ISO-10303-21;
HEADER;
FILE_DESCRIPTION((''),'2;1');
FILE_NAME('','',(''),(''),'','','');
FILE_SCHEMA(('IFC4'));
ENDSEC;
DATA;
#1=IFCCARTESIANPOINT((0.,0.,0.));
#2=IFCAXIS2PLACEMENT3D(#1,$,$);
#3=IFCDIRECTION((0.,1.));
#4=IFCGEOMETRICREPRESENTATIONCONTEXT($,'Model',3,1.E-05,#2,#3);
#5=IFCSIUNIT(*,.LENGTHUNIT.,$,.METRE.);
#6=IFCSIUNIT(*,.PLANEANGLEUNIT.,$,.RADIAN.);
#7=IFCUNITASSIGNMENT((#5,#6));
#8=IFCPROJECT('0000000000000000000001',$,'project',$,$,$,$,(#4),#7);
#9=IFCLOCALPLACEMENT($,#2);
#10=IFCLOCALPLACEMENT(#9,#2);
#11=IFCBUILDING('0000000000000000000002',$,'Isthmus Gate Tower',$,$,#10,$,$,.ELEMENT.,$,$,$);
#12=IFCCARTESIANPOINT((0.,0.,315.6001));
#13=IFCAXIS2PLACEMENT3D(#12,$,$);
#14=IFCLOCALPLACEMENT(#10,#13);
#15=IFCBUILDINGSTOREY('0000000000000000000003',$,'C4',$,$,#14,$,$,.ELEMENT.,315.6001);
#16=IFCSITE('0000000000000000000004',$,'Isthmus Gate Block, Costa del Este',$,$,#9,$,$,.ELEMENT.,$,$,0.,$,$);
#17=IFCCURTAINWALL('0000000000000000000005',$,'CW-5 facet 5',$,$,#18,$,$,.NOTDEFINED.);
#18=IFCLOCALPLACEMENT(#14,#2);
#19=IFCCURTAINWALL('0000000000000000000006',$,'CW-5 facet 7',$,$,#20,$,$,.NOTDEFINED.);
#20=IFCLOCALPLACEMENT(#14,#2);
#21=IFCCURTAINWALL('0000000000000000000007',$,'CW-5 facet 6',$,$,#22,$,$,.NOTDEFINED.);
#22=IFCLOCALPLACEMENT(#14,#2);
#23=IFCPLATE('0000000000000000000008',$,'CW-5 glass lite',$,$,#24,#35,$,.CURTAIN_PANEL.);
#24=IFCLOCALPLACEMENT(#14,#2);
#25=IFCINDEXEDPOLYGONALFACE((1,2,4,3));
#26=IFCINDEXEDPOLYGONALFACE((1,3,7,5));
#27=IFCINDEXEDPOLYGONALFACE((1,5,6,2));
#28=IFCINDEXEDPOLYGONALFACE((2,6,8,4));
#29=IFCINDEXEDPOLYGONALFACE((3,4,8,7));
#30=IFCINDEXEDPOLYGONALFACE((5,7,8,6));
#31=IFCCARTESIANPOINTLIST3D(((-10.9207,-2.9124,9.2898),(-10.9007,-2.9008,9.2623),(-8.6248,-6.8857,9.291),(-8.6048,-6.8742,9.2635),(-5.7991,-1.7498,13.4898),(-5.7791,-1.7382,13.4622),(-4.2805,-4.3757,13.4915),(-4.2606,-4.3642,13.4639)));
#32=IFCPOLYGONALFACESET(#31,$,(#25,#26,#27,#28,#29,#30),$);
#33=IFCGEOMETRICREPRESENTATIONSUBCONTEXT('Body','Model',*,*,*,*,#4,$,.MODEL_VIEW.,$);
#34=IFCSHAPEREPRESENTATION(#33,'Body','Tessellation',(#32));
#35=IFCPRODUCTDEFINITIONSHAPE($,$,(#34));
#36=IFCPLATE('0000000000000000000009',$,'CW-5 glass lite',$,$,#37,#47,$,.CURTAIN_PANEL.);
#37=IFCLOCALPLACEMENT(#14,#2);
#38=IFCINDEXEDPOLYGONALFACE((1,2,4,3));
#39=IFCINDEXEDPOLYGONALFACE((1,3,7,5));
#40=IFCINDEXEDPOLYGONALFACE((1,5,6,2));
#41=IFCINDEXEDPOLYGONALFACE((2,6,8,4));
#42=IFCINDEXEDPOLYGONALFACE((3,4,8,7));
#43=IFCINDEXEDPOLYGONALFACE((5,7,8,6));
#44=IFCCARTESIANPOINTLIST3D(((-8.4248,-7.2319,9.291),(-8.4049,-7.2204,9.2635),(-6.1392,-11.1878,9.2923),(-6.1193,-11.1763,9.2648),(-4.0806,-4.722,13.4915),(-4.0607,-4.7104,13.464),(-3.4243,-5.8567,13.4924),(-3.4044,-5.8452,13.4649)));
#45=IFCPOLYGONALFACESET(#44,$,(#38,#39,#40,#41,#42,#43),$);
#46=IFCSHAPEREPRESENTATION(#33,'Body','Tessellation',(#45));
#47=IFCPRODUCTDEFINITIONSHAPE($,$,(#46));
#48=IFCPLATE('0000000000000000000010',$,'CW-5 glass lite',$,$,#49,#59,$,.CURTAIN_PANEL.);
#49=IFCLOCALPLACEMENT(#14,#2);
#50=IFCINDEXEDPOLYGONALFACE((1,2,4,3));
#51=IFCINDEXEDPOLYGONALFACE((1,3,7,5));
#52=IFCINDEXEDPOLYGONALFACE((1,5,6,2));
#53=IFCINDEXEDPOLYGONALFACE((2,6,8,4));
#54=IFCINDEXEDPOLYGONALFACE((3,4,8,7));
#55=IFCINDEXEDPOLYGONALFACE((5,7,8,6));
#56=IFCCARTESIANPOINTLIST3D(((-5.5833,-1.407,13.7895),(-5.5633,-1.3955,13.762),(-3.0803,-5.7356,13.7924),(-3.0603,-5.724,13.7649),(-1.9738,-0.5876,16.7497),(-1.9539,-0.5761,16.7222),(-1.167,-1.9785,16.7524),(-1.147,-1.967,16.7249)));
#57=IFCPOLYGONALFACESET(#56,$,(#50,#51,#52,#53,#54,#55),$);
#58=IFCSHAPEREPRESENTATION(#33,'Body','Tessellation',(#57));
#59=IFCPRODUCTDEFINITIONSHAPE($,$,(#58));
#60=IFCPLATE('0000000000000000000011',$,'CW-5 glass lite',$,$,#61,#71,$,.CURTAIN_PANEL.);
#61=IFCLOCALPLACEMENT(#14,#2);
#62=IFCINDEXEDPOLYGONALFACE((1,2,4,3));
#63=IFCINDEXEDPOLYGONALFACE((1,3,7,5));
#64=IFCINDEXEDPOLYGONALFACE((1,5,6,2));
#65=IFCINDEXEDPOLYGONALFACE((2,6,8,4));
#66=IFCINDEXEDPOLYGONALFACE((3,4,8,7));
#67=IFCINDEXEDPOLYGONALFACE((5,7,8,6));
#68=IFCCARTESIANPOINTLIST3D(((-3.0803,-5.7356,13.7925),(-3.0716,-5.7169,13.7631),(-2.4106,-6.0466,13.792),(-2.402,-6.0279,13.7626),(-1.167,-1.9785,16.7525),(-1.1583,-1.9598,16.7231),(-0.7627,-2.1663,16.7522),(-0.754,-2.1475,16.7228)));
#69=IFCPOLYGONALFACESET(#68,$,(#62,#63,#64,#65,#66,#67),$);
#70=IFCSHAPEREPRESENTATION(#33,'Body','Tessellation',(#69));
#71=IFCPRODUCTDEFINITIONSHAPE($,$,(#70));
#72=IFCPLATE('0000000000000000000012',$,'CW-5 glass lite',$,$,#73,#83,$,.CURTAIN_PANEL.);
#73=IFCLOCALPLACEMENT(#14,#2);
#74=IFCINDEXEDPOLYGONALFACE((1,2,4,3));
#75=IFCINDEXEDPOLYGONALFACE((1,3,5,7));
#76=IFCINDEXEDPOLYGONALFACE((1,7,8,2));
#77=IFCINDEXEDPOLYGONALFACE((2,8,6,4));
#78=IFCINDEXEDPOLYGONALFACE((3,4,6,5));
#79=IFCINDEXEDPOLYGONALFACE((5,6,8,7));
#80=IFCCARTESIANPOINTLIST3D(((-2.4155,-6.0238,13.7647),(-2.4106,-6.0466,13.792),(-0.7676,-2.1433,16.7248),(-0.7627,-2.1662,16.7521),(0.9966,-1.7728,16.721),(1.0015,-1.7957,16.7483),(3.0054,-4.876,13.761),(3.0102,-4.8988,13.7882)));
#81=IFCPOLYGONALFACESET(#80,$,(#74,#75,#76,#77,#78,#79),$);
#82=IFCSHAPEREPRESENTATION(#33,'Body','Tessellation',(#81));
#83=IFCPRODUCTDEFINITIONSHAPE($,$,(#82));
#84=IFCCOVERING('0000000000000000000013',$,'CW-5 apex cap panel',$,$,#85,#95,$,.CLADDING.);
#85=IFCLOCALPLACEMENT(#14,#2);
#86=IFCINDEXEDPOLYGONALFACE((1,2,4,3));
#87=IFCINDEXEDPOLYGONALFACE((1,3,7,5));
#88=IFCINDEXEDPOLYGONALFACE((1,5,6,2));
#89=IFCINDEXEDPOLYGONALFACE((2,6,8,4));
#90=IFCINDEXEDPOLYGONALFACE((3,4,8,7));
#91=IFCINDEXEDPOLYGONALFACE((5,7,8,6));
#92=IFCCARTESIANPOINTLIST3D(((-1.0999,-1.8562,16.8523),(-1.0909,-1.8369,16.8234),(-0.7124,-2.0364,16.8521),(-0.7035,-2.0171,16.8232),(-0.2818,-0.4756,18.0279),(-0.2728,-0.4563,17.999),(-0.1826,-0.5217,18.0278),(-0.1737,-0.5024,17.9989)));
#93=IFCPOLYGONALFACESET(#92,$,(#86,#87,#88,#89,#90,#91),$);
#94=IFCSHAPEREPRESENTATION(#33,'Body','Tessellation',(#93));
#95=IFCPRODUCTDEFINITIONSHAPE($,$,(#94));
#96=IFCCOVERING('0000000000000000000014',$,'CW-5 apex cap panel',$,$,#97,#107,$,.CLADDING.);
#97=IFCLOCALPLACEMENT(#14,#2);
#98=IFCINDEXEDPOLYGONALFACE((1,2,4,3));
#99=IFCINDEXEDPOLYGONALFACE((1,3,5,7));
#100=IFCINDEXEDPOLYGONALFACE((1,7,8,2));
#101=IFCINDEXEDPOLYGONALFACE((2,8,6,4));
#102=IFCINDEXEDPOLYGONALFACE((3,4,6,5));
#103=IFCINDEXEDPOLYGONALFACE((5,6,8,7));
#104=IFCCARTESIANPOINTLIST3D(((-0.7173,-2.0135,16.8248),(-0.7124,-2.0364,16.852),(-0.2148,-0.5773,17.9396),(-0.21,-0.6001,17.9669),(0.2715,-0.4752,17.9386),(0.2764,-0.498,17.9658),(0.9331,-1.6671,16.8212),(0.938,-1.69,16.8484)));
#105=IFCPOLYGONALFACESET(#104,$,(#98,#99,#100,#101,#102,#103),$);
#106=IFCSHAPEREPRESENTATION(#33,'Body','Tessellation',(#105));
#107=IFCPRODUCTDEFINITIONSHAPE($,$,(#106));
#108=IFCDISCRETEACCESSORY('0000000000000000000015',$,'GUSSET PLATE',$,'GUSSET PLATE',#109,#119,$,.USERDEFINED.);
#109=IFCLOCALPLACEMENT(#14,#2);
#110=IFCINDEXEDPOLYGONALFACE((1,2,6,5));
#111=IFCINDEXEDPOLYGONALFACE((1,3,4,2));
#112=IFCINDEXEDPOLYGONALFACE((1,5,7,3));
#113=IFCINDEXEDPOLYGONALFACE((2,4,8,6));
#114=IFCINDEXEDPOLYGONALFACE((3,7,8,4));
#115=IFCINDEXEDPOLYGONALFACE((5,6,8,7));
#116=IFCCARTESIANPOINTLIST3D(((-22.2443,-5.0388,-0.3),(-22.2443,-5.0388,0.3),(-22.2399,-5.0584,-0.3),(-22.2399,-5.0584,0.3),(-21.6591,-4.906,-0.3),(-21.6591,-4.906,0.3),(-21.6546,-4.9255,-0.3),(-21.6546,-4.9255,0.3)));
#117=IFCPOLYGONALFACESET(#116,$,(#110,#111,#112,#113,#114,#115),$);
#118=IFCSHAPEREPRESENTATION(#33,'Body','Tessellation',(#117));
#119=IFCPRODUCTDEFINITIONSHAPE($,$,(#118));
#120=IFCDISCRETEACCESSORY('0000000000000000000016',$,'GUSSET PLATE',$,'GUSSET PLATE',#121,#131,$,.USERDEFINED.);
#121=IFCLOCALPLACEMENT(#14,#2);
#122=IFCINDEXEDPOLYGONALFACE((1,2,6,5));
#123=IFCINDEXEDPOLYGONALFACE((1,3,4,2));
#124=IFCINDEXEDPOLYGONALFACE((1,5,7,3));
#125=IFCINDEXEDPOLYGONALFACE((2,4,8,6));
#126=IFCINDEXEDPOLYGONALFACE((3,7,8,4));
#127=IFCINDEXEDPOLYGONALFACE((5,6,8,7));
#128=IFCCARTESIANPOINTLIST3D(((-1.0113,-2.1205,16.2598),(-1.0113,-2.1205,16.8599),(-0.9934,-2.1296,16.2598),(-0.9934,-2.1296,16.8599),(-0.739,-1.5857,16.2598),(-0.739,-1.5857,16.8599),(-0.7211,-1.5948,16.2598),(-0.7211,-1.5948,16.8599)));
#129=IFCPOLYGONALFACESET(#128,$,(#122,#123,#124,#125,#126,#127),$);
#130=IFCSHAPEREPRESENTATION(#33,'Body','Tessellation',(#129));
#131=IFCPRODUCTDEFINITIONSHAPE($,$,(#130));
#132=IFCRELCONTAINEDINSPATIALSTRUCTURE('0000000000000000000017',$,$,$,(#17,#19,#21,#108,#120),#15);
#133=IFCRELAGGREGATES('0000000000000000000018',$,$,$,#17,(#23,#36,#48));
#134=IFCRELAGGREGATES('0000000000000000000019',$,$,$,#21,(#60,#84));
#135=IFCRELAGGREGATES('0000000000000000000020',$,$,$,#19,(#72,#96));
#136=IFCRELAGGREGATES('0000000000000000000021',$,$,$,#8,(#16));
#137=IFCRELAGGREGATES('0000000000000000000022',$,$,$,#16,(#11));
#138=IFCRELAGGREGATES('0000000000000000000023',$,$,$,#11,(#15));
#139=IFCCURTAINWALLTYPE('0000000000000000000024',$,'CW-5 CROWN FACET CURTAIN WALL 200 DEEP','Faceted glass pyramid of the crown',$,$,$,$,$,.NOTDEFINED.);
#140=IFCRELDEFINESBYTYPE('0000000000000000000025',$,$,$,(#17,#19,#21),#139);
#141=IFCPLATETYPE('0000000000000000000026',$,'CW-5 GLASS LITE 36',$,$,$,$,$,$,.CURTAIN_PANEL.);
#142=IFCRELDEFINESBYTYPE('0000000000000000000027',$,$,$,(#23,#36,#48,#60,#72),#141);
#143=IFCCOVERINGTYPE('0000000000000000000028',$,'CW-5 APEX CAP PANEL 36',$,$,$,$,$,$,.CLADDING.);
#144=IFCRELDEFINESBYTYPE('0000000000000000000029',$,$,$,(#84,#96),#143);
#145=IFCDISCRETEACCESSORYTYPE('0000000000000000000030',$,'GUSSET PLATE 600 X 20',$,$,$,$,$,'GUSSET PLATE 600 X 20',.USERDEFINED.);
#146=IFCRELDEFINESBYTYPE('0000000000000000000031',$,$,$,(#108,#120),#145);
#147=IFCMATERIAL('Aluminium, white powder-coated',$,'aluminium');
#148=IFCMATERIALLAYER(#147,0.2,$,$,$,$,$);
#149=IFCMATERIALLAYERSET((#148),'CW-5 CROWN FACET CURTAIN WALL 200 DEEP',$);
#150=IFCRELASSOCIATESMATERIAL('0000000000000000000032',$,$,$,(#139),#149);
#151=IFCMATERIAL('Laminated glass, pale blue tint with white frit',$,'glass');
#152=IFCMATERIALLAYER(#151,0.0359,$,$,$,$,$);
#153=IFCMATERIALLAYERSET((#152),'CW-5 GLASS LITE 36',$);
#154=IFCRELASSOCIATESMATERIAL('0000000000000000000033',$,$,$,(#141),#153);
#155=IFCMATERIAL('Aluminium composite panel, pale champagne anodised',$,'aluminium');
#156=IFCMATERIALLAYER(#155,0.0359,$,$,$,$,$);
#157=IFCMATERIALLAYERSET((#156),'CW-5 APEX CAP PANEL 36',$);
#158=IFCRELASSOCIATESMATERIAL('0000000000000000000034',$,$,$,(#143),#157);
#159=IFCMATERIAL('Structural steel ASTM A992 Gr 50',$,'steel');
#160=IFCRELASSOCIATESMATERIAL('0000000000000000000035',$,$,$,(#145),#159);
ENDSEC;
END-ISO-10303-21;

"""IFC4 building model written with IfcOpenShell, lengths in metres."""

from ifc_helpers import new_model, si_unit, direction, frame, origin, origin_2d, place, context, subcontext, project, spatial, polyline, rectangle, outline, extrude, material, layer, layer_set, type_object, element, aggregate, save


model = new_model("IFC4")

# Units and contexts
model_context = context("Model", 3, precision=1e-05, world=origin(), true_north=direction((0.0, 1.0)))
body_context = subcontext(model_context, "Body", "Model", "MODEL_VIEW")
ifc_project = project(units=[si_unit("LENGTHUNIT", "METRE"), si_unit("PLANEANGLEUNIT", "RADIAN")], contexts=[model_context])

# Site, building, storey
site_placement = place(None, origin())
site = spatial("IfcSite", under=ifc_project, at=site_placement, Name="Isthmus Gate Block, Costa del Este", CompositionType="ELEMENT", RefElevation=0.0)
building_placement = place(site_placement, origin())
building = spatial("IfcBuilding", under=site, at=building_placement, Name="Isthmus Gate Tower", CompositionType="ELEMENT")
storey_placement = place(building_placement, frame((0.0, 0.0, 315.6001)))
storey = spatial("IfcBuildingStorey", under=building, at=storey_placement, Name="C4", CompositionType="ELEMENT", Elevation=315.6001)

# Curtain wall
ifc_material_1 = material(Name="Aluminium, white powder-coated", Category="aluminium")
ifc_layer_1 = layer(ifc_material_1, 0.2)
ifc_layer_set_1 = layer_set([ifc_layer_1], Name="CW-5 CROWN FACET CURTAIN WALL 200 DEEP")
curtain_wall_type = type_object("IfcCurtainWallType", Name="CW-5 CROWN FACET CURTAIN WALL 200 DEEP", Description="Faceted glass pyramid of the crown", PredefinedType="NOTDEFINED", material=ifc_layer_set_1)
curtain_wall_1_placement = place(storey_placement, origin())
curtain_wall_1 = element("IfcCurtainWall", 1, at=curtain_wall_1_placement, inside=storey, type_object=curtain_wall_type, Name="CW-5 facet 5", PredefinedType="NOTDEFINED")
placement_1 = place(building_placement, frame((0.0, 0.0, 324.6001)))

# Curtain wall
curtain_wall_2_placement = place(storey_placement, origin())
curtain_wall_2 = element("IfcCurtainWall", 2, at=curtain_wall_2_placement, inside=storey, type_object=curtain_wall_type, Name="CW-5 facet 7", PredefinedType="NOTDEFINED")
placement_2 = place(building_placement, frame((0.0, 0.0, 329.1001)))

# Curtain wall
curtain_wall_3_placement = place(storey_placement, origin())
curtain_wall_3 = element("IfcCurtainWall", 3, at=curtain_wall_3_placement, inside=storey, type_object=curtain_wall_type, Name="CW-5 facet 6", PredefinedType="NOTDEFINED")

# Plates
ifc_material_2 = material(Name="Laminated glass, pale blue tint with white frit", Category="glass")
ifc_layer_2 = layer(ifc_material_2, 0.0359)
ifc_layer_set_2 = layer_set([ifc_layer_2], Name="CW-5 GLASS LITE 36")
plate_type = type_object("IfcPlateType", Name="CW-5 GLASS LITE 36", PredefinedType="CURTAIN_PANEL", material=ifc_layer_set_2)
plate_1_placement = place(placement_1, frame((-10.9207, -2.9124, 0.2898), z_axis=(-0.555921, -0.320983, 0.766761), x_axis=(0.500303, -0.86585, 0.000268)))
plate_1 = element("IfcPlate", 4, at=plate_1_placement, type_object=plate_type, Name="CW-5 glass lite", PredefinedType="CURTAIN_PANEL", context=body_context, shape_type="SweptSolid", body=[
    extrude(outline(polyline([(0.0, 0.0), (4.589, 0.0), (4.5903, 6.5434), (1.5568, 6.542), (0.0, 0.0)])), origin(), (0.0, 0.0, -1.0), 0.0359),
])
plate_2_placement = place(placement_1, frame((-8.4248, -7.2319, 0.291), z_axis=(-0.555952, -0.320959, 0.766748), x_axis=(0.500274, -0.865867, 0.000287)))
plate_2 = element("IfcPlate", 5, at=plate_2_placement, type_object=plate_type, Name="CW-5 glass lite", PredefinedType="CURTAIN_PANEL", context=body_context, shape_type="SweptSolid", body=[
    extrude(outline(polyline([(0.0, 0.0), (4.5687, 0.0), (1.312, 6.5442), (0.0012, 6.5434), (0.0, 0.0)])), origin(), (0.0, 0.0, -1.0), 0.0359),
])
plate_3_placement = place(placement_2, frame((-5.5833, -1.407, 0.2896), z_axis=(-0.555951, -0.320971, 0.766744), x_axis=(0.500581, -0.865689, 0.000571)))
plate_3 = element("IfcPlate", 6, at=plate_3_placement, type_object=plate_type, Name="CW-5 glass lite", PredefinedType="CURTAIN_PANEL", context=body_context, shape_type="SweptSolid", body=[
    extrude(outline(polyline([(0.0, 0.0), (5.0002, 0.0), (2.7072, 4.613), (1.0992, 4.6102), (0.0, 0.0)])), origin(), (0.0, 0.0, -1.0), 0.0359),
])
aggregate(curtain_wall_1, [plate_1, plate_2, plate_3])
plate_4_placement = place(placement_2, frame((-3.0803, -5.7356, 0.2925), z_axis=(-0.241676, -0.521581, 0.818258), x_axis=(0.906945, -0.421248, -0.000645)))
plate_4 = element("IfcPlate", 7, at=plate_4_placement, type_object=plate_type, Name="CW-5 glass lite", PredefinedType="CURTAIN_PANEL", context=body_context, shape_type="SweptSolid", body=[
    extrude(outline(polyline([(0.0, 0.0), (0.7384, 0.0), (0.5965, 5.1493), (0.1507, 5.1493), (0.0, 0.0)])), origin(), (0.0, 0.0, -1.0), 0.0359),
])
plate_5_placement = place(placement_2, frame((-2.4106, -6.0466, 0.292), z_axis=(0.135325, -0.636612, 0.759218), x_axis=(0.97831, 0.207146, -0.000683)))
plate_5 = element("IfcPlate", 8, at=plate_5_placement, type_object=plate_type, Name="CW-5 glass lite", PredefinedType="CURTAIN_PANEL", context=body_context, shape_type="SweptSolid", body=[
    extrude(outline(polyline([(0.0, 0.0), (5.5411, 0.0), (4.2167, 4.5467), (2.414, 4.5507), (0.0, 0.0)])), origin(), (0.0, 0.0, -1.0), 0.0359),
])

# Coverings
ifc_material_3 = material(Name="Aluminium composite panel, pale champagne anodised", Category="aluminium")
ifc_layer_3 = layer(ifc_material_3, 0.0359)
ifc_layer_set_3 = layer_set([ifc_layer_3], Name="CW-5 APEX CAP PANEL 36")
covering_type = type_object("IfcCoveringType", Name="CW-5 APEX CAP PANEL 36", PredefinedType="CLADDING", material=ifc_layer_set_3)
covering_1_placement = place(placement_2, frame((-1.0999, -1.8562, 3.3523), z_axis=(-0.249713, -0.537737, 0.805284), x_axis=(0.906716, -0.421742, -0.000457)))
covering_1 = element("IfcCovering", 9, at=covering_1_placement, type_object=covering_type, Name="CW-5 apex cap panel", PredefinedType="CLADDING", context=body_context, shape_type="SweptSolid", body=[
    extrude(outline(polyline([(0.0, 0.0), (0.4273, 0.0), (0.2683, 1.9829), (0.159, 1.9829), (0.0, 0.0)])), origin(), (0.0, 0.0, -1.0), 0.0359),
])
aggregate(curtain_wall_3, [plate_4, covering_1])
covering_2_placement = place(placement_2, frame((-0.7124, -2.0364, 3.3521), z_axis=(0.135273, -0.636628, 0.759214), x_axis=(0.978675, 0.205404, -0.002137)))
covering_2 = element("IfcCovering", 10, at=covering_2_placement, type_object=covering_type, Name="CW-5 apex cap panel", PredefinedType="CLADDING", context=body_context, shape_type="SweptSolid", body=[
    extrude(outline(polyline([(0.0, 0.0), (1.6864, 0.0), (1.2813, 1.7155), (0.7844, 1.7155), (0.0, 0.0)])), origin(), (0.0, 0.0, -1.0), 0.0359),
])
aggregate(curtain_wall_2, [plate_5, covering_2])

# Discrete accessories
ifc_material_4 = material(Name="Structural steel ASTM A992 Gr 50", Category="steel")
discrete_accessory_type = type_object("IfcDiscreteAccessoryType", Name="GUSSET PLATE 600 X 20", ElementType="GUSSET PLATE 600 X 20", PredefinedType="USERDEFINED", material=ifc_material_4)
for number, where, z_axis, x_axis, name in (
    (11, (-21.9495, -4.9822, -0.3), (0.0, 0.0, 1.0), (0.975193, 0.221356, 0.0), "GUSSET PLATE"),
    (12, (-0.8662, -1.8577, 16.2598), (0.0, 0.0, 1.0), (0.453784, 0.891112, 0.0), "GUSSET PLATE"),
):
    element("IfcDiscreteAccessory", number, at=place(storey_placement, frame(where, z_axis=z_axis, x_axis=x_axis)), inside=storey, type_object=discrete_accessory_type, Name=name, ObjectType="GUSSET PLATE", PredefinedType="USERDEFINED", context=body_context, shape_type="SweptSolid", body=[
        extrude(rectangle(XDim=0.6001, YDim=0.02, at=origin_2d()), origin(), (0.0, 0.0, 1.0), 0.6001),
    ])

save(model, "model.ifc")
